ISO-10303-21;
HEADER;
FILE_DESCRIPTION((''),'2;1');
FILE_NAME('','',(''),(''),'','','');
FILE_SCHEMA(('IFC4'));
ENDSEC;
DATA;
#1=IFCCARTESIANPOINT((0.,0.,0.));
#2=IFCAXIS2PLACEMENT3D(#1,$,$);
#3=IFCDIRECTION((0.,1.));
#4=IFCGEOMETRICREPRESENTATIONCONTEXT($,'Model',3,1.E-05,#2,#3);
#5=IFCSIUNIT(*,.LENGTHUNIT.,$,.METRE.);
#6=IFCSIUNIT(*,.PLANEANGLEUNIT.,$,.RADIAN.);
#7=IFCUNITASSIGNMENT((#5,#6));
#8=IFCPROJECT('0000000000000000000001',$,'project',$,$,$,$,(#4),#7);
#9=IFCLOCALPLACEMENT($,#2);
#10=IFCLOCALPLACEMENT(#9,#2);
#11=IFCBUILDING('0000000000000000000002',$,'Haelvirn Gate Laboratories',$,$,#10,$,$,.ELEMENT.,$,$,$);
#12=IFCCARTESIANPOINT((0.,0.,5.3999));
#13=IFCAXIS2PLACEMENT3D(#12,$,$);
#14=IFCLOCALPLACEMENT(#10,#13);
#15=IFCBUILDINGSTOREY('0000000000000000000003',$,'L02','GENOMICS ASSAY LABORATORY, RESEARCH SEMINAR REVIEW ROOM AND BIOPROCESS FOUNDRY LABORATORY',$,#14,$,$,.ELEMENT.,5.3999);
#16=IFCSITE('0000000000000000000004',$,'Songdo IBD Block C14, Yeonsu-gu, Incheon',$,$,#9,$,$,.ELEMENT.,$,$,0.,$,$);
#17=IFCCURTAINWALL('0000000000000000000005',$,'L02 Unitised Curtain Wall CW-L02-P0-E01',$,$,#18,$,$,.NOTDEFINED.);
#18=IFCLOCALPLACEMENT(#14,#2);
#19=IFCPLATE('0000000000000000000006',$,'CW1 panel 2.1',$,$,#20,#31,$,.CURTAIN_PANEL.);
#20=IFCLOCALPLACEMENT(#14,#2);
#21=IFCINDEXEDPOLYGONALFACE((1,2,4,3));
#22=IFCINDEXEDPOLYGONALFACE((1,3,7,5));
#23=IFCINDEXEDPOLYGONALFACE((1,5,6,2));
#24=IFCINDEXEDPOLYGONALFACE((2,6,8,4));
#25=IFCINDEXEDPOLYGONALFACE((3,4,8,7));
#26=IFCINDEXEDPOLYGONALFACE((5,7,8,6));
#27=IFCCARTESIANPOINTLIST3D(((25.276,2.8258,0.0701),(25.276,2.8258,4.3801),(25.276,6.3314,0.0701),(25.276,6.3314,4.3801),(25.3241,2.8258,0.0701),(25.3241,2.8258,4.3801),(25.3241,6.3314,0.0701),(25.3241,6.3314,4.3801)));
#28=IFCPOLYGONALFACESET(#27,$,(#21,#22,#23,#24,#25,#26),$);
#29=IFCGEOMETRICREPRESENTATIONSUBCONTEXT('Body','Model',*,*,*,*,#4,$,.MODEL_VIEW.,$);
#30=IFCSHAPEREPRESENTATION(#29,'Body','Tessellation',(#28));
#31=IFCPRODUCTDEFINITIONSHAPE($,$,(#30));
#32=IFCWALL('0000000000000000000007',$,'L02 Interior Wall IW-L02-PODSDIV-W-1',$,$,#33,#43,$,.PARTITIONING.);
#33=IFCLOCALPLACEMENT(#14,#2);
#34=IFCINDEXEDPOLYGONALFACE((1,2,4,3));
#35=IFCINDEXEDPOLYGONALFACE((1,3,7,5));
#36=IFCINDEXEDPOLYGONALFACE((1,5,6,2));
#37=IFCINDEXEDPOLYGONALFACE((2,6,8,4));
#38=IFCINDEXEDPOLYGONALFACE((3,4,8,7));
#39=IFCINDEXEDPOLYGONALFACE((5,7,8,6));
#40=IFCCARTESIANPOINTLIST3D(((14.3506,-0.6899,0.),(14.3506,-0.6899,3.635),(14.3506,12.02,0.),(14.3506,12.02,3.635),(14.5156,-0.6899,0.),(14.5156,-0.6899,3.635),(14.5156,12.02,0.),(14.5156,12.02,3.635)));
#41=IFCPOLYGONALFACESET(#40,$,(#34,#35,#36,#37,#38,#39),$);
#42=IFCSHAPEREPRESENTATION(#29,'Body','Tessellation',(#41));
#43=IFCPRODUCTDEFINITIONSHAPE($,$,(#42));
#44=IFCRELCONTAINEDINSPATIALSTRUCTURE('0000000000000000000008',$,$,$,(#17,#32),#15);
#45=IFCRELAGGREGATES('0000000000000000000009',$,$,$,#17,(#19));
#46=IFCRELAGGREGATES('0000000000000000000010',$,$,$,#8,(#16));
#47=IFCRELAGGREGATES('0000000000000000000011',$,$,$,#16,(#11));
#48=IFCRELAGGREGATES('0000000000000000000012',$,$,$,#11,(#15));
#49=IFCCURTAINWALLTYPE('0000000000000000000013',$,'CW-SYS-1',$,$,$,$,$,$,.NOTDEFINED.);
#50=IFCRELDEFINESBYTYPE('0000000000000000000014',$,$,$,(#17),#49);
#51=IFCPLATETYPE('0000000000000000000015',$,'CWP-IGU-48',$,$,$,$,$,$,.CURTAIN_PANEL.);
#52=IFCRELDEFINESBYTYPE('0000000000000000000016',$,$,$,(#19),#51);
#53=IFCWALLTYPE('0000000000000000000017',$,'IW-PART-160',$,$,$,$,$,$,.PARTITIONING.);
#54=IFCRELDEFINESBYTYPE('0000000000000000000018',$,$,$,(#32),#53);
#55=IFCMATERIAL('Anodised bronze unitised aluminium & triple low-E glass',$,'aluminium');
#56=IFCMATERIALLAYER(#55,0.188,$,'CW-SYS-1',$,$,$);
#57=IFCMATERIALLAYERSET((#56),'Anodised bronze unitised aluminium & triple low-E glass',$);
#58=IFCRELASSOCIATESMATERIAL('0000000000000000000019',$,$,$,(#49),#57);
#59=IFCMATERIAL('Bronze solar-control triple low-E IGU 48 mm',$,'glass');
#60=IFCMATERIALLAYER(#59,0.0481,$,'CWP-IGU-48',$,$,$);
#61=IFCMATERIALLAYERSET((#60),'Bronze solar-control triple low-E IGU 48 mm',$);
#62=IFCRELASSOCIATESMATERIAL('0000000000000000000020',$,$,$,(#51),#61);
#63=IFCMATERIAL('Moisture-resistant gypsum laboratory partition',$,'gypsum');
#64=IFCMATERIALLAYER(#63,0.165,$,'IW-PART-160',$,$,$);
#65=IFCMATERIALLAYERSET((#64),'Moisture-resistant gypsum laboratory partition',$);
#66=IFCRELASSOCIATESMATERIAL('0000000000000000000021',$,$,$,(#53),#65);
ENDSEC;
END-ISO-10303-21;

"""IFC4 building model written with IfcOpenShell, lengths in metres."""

from ifc_helpers import new_model, si_unit, direction, frame, frame_2d, origin, origin_2d, place, context, subcontext, project, spatial, rectangle, extrude, source, transform, mapped, material, layer, layer_set, type_object, element, aggregate, save


model = new_model("IFC4")

# Units and contexts
model_context = context("Model", 3, precision=1e-05, world=origin(), true_north=direction((0.0, 1.0)))
body_context = subcontext(model_context, "Body", "Model", "MODEL_VIEW")
ifc_project = project(units=[si_unit("LENGTHUNIT", "METRE"), si_unit("PLANEANGLEUNIT", "RADIAN")], contexts=[model_context])

# Site, building, storey
site_placement = place(None, origin())
site = spatial("IfcSite", under=ifc_project, at=site_placement, Name="Songdo IBD Block C14, Yeonsu-gu, Incheon", CompositionType="ELEMENT", RefElevation=0.0)
building_placement = place(site_placement, origin())
building = spatial("IfcBuilding", under=site, at=building_placement, Name="Haelvirn Gate Laboratories", CompositionType="ELEMENT")
storey_placement = place(building_placement, frame((0.0, 0.0, 5.3999)))
storey = spatial("IfcBuildingStorey", under=building, at=storey_placement, Name="L02", Description="GENOMICS ASSAY LABORATORY, RESEARCH SEMINAR REVIEW ROOM AND BIOPROCESS FOUNDRY LABORATORY", CompositionType="ELEMENT", Elevation=5.3999)

# Curtain wall
ifc_material_1 = material(Name="Anodised bronze unitised aluminium & triple low-E glass", Category="aluminium")
ifc_layer_1 = layer(ifc_material_1, 0.188, Name="CW-SYS-1")
ifc_layer_set_1 = layer_set([ifc_layer_1], Name="Anodised bronze unitised aluminium & triple low-E glass")
curtain_wall_type = type_object("IfcCurtainWallType", Name="CW-SYS-1", PredefinedType="NOTDEFINED", material=ifc_layer_set_1)
curtain_wall_1_placement = place(storey_placement, origin())
curtain_wall_1 = element("IfcCurtainWall", 1, at=curtain_wall_1_placement, inside=storey, type_object=curtain_wall_type, Name="L02 Unitised Curtain Wall CW-L02-P0-E01", PredefinedType="NOTDEFINED")

# Plate
ifc_material_2 = material(Name="Bronze solar-control triple low-E IGU 48 mm", Category="glass")
ifc_layer_2 = layer(ifc_material_2, 0.0481, Name="CWP-IGU-48")
ifc_layer_set_2 = layer_set([ifc_layer_2], Name="Bronze solar-control triple low-E IGU 48 mm")
plate_type = type_object("IfcPlateType", Name="CWP-IGU-48", PredefinedType="CURTAIN_PANEL", material=ifc_layer_set_2)
shared_shape_1 = source(origin(), body_context, "Body", "SweptSolid", [
    extrude(rectangle(XDim=3.5056, YDim=0.0481, at=origin_2d()), origin(), (0.0, 0.0, 1.0), 4.3101),
])
plate_1_placement = place(storey_placement, frame((25.3, 4.5786, 0.0701), z_axis=(0.0, 0.0, 1.0), x_axis=(0.0, 1.0, 0.0)))
plate_1 = element("IfcPlate", 2, at=plate_1_placement, type_object=plate_type, Name="CW1 panel 2.1", PredefinedType="CURTAIN_PANEL", context=body_context, shape_type="MappedRepresentation", body=[
    mapped(shared_shape_1, transform((0.0, 0.0, 0.0), scale=1.0)),
])
aggregate(curtain_wall_1, [plate_1])

# Wall
ifc_material_3 = material(Name="Moisture-resistant gypsum laboratory partition", Category="gypsum")
ifc_layer_3 = layer(ifc_material_3, 0.165, Name="IW-PART-160")
ifc_layer_set_3 = layer_set([ifc_layer_3], Name="Moisture-resistant gypsum laboratory partition")
wall_type = type_object("IfcWallType", Name="IW-PART-160", PredefinedType="PARTITIONING", material=ifc_layer_set_3)
wall_placement = place(storey_placement, frame((14.4331, -0.6899, 0.0), z_axis=(0.0, 0.0, 1.0), x_axis=(0.0, 1.0, 0.0)))
element("IfcWall", 3, at=wall_placement, inside=storey, type_object=wall_type, Name="L02 Interior Wall IW-L02-PODSDIV-W-1", PredefinedType="PARTITIONING", context=body_context, shape_type="SweptSolid", body=[
    extrude(rectangle(XDim=12.71, YDim=0.165, at=frame_2d((6.355, 0.0))), origin(), (0.0, 0.0, 1.0), 3.635),
])

save(model, "model.ifc")
